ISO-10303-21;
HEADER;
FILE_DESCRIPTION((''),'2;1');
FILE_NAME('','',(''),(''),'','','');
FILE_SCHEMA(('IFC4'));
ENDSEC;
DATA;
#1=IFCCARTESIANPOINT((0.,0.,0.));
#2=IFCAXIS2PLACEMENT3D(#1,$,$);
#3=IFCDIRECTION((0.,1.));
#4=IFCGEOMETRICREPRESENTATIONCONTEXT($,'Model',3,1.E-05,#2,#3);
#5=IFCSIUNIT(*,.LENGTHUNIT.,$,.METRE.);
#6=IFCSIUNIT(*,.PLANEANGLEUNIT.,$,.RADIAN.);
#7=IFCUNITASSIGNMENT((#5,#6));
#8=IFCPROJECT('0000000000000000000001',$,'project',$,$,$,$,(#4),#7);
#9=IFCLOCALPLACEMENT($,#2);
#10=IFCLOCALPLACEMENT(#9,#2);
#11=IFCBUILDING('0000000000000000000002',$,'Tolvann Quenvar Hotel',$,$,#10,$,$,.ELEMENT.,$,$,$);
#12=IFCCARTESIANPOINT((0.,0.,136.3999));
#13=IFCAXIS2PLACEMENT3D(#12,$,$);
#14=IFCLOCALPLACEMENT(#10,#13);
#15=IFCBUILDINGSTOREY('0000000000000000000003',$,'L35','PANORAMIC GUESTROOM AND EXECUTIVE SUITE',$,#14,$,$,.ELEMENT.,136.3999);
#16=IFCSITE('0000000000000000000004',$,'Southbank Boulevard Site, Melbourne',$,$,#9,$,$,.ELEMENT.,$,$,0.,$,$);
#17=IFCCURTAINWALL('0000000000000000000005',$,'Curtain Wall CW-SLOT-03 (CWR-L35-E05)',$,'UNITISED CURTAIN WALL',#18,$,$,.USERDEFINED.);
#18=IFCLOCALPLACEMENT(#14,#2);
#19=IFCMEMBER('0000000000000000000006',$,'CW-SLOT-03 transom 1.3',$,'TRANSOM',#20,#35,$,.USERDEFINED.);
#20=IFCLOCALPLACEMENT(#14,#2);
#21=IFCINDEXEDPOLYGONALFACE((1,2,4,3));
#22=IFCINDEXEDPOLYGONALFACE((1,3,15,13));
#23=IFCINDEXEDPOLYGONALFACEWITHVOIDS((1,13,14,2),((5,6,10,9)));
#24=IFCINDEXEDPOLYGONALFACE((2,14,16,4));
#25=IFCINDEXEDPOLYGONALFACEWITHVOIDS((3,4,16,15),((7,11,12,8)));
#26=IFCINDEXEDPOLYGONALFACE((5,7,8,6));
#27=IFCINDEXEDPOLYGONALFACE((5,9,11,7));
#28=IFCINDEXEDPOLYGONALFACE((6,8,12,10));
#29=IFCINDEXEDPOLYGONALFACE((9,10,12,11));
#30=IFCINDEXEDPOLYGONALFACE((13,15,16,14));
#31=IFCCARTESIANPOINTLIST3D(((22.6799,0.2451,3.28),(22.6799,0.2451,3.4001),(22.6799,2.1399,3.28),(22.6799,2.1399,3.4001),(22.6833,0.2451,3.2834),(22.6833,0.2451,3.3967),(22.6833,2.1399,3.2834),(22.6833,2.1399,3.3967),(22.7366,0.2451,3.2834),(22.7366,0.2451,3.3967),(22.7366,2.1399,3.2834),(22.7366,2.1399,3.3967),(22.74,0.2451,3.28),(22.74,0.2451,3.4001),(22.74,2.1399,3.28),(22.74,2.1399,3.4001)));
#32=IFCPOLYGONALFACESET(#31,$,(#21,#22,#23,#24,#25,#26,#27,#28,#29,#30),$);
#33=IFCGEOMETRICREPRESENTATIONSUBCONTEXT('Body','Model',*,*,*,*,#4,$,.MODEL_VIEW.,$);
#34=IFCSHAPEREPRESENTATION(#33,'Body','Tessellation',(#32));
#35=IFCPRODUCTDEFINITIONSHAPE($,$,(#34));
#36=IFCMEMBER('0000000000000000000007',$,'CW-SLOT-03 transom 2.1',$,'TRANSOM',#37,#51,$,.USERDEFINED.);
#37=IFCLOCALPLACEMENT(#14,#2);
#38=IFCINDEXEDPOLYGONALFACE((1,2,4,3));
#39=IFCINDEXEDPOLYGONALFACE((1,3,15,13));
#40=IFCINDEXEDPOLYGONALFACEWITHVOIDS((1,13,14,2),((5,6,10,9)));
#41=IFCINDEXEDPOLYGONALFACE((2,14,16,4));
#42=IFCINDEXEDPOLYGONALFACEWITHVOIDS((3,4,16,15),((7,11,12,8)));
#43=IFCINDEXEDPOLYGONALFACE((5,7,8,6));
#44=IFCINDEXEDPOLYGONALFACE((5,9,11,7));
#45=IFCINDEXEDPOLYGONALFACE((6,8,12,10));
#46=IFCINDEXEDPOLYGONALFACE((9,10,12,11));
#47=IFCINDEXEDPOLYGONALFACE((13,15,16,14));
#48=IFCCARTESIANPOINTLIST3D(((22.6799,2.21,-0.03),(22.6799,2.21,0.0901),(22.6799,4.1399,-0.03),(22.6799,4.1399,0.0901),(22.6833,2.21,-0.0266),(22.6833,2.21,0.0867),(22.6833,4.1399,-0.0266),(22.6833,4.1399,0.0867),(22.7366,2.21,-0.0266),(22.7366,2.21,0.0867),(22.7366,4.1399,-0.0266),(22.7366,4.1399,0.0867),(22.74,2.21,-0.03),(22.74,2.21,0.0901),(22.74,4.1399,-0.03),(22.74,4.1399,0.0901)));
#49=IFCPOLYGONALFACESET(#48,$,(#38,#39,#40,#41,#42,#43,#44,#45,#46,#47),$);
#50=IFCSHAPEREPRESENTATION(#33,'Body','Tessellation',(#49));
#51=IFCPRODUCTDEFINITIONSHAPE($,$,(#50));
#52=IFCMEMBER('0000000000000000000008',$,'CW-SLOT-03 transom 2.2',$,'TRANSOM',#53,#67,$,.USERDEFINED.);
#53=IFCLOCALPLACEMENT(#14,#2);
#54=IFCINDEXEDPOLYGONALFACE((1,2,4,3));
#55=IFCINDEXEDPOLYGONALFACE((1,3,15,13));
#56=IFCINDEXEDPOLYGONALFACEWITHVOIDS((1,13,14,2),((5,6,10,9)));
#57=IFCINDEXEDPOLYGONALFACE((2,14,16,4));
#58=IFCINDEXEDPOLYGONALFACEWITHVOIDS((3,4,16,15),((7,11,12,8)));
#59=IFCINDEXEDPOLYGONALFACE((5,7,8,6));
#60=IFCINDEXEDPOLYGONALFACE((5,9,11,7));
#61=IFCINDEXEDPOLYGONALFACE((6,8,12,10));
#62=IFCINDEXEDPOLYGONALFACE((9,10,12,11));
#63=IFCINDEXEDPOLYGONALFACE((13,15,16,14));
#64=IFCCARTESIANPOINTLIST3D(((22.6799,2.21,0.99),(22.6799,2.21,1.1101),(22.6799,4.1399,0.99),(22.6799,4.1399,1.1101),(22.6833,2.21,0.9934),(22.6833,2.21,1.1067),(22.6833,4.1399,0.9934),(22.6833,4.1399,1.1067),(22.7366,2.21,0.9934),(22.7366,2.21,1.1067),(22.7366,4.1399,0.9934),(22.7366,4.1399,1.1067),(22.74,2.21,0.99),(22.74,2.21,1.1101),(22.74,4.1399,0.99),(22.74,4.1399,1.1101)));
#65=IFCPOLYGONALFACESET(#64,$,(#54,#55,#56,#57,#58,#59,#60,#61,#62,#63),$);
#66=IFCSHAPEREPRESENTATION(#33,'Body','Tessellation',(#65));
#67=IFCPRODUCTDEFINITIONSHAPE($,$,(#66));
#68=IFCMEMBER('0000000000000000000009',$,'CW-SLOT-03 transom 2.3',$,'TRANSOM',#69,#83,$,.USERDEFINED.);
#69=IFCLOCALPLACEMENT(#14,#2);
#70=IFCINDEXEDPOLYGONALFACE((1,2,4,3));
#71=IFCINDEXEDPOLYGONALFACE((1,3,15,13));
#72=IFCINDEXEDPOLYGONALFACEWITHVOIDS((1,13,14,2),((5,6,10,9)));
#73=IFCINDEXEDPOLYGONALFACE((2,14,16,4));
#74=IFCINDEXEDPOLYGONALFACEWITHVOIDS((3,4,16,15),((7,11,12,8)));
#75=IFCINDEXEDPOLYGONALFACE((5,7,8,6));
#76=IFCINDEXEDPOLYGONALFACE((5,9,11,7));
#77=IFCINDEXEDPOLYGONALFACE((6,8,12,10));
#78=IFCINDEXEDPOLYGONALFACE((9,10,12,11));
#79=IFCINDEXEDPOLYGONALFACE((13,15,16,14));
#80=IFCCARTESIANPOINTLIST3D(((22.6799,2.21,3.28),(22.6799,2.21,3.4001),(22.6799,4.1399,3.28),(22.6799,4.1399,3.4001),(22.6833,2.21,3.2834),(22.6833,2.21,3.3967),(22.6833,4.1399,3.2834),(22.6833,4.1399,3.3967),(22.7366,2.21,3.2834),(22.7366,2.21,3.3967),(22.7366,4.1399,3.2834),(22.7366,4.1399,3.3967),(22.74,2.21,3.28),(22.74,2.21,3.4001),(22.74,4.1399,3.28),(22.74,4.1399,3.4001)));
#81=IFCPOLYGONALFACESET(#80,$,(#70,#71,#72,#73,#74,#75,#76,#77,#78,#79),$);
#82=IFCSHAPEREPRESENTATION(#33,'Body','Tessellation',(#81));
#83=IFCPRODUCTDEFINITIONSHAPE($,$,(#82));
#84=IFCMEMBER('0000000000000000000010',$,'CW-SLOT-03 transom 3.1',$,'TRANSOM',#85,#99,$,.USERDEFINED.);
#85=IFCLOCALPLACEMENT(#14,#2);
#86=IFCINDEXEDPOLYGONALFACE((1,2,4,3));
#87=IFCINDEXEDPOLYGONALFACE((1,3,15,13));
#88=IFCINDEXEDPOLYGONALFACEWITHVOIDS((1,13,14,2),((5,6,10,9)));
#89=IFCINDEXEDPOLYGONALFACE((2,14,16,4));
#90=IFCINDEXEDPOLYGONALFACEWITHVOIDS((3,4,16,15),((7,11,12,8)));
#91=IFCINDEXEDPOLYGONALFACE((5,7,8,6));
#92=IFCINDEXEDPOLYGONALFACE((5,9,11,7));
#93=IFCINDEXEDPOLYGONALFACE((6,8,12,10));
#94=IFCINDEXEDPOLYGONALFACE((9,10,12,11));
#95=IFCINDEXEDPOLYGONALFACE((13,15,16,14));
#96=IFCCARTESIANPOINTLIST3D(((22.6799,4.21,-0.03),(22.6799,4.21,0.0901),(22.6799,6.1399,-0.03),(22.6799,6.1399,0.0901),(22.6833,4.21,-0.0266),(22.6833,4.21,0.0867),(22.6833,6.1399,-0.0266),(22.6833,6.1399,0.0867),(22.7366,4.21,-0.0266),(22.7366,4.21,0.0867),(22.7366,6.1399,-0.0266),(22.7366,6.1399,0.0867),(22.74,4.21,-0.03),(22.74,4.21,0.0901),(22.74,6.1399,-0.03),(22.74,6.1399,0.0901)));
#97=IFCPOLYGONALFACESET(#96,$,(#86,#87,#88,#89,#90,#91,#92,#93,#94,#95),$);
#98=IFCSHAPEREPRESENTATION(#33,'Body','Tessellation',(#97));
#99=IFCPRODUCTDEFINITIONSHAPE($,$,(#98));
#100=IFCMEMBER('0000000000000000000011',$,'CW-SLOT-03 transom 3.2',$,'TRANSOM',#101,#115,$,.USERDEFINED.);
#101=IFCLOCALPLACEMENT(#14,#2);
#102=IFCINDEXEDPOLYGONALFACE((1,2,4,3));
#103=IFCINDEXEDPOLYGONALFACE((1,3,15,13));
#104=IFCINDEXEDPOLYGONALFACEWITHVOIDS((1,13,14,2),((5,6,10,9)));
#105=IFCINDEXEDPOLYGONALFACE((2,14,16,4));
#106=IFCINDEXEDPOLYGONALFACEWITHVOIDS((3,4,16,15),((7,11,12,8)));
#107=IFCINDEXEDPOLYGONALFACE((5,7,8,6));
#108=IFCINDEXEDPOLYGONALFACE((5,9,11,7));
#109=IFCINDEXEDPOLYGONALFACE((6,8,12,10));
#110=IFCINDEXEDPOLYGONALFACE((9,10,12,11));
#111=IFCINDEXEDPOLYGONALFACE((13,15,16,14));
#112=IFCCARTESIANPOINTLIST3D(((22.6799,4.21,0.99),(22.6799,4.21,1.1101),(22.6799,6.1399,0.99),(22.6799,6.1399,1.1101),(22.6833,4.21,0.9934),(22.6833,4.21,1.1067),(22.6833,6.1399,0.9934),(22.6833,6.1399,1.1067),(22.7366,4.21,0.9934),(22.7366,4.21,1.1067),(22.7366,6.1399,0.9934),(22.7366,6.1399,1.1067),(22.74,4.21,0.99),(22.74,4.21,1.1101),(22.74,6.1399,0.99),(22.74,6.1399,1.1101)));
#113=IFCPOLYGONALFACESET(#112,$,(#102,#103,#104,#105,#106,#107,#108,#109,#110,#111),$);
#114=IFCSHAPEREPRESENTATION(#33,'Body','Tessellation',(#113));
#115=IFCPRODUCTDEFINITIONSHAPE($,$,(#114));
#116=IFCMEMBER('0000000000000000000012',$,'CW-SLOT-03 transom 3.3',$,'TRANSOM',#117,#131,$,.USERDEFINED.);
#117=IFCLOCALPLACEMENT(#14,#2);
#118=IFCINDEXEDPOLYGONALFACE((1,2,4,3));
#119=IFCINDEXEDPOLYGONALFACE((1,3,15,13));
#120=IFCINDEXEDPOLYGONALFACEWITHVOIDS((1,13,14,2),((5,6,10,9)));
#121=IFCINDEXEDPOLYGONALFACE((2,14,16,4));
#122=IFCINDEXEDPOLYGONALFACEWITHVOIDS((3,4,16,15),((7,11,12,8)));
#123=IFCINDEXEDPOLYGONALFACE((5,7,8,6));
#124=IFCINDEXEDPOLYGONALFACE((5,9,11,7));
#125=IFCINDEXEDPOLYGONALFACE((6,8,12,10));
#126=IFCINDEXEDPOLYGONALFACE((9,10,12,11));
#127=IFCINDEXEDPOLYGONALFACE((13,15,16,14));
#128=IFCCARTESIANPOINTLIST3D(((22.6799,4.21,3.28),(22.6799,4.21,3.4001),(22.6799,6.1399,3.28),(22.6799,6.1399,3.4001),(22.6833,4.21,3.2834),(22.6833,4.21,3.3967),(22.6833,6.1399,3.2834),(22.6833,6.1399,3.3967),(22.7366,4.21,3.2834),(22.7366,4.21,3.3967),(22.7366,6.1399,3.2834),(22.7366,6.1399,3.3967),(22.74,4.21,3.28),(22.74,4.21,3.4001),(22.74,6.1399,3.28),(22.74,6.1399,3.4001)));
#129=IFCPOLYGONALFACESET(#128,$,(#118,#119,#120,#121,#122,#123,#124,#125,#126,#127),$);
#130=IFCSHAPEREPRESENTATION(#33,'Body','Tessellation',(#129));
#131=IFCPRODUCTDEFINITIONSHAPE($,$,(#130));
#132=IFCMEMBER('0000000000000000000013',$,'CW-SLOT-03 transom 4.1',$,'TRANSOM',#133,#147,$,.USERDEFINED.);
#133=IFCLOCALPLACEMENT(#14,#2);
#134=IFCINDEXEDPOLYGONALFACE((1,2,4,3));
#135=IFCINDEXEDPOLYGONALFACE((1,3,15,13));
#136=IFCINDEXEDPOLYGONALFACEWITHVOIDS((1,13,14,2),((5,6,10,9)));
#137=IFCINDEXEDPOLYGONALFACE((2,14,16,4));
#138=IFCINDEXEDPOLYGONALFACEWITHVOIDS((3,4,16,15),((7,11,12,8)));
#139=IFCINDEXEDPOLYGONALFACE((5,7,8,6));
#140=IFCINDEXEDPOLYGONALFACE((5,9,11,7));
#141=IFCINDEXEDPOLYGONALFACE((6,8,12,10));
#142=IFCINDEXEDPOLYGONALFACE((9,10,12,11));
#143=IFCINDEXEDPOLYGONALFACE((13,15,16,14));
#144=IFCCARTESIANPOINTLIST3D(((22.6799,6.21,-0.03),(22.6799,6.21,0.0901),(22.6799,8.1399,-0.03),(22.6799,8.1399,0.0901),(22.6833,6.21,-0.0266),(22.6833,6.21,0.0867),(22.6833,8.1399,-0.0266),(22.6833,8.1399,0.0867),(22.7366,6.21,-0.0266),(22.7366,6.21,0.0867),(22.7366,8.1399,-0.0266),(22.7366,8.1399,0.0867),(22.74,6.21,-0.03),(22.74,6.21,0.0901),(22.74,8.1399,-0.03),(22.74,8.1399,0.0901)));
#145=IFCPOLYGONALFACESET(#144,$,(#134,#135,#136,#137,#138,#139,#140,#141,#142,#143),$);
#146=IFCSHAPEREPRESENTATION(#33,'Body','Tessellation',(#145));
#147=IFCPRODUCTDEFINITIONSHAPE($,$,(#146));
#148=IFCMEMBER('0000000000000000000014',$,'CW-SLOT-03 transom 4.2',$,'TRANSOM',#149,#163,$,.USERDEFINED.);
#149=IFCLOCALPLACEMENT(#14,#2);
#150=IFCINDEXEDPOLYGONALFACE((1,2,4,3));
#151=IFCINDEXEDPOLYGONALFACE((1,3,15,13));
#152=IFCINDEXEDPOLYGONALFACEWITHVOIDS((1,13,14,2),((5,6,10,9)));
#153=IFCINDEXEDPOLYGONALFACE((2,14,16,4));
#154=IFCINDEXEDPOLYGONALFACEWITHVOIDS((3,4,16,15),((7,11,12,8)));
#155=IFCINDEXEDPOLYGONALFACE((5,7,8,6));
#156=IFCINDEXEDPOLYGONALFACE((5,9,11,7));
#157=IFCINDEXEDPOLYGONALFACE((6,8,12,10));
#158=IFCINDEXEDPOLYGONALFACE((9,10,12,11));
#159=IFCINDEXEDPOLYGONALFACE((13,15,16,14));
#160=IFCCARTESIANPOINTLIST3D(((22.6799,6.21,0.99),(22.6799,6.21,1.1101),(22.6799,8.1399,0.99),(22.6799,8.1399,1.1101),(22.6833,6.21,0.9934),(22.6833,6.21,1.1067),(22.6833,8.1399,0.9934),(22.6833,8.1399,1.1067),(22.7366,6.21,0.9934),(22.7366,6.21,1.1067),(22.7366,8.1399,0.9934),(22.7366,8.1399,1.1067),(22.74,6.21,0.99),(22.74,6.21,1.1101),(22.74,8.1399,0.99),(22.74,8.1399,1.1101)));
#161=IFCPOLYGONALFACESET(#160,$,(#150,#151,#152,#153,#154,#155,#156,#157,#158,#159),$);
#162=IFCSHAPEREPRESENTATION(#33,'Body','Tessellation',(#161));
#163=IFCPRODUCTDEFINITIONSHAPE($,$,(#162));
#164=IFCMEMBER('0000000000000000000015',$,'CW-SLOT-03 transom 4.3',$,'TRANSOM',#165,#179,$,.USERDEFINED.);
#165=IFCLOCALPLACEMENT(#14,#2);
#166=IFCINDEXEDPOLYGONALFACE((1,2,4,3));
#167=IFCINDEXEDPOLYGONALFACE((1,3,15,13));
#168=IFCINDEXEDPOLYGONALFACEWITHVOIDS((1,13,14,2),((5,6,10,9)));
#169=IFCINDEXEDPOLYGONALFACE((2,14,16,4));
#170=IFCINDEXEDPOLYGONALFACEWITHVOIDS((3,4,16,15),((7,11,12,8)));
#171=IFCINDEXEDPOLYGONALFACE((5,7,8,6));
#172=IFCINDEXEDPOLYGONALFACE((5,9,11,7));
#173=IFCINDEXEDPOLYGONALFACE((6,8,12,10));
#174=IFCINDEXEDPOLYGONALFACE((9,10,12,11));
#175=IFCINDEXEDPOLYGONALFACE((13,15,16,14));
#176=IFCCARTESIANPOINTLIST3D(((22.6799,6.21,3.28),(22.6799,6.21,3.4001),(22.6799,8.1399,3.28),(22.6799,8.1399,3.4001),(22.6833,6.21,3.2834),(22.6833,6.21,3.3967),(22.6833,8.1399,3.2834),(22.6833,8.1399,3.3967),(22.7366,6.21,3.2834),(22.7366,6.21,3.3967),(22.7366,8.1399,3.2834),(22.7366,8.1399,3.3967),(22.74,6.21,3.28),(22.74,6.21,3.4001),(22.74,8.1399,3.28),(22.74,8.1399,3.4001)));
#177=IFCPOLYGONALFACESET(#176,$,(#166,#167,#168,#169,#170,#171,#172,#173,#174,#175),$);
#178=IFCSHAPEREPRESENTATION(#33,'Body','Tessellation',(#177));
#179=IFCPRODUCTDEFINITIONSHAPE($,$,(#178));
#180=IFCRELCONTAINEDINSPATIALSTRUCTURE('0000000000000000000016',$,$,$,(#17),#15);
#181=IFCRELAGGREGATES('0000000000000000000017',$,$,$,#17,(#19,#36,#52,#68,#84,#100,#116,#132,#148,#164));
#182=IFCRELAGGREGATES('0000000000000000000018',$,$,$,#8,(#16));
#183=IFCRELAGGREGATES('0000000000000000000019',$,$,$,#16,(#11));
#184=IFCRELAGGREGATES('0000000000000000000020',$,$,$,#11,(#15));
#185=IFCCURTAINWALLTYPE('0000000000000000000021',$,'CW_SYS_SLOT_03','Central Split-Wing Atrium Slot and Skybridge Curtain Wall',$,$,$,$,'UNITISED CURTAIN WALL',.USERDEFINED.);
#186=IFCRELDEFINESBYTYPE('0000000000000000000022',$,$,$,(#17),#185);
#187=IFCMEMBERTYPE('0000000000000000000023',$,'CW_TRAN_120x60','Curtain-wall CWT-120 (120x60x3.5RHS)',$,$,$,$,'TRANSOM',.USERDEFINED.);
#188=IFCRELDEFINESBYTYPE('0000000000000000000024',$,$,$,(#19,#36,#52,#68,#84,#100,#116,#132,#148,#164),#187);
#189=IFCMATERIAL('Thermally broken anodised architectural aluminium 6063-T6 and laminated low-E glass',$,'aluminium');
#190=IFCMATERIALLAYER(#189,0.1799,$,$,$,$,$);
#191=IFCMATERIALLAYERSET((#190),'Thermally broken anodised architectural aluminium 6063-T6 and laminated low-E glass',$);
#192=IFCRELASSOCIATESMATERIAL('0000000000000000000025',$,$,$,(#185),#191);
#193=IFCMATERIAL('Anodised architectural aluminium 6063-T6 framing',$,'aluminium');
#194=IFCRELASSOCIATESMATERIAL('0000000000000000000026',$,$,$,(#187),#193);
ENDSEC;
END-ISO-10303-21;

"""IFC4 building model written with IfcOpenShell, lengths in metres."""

from ifc_helpers import new_model, si_unit, direction, frame, origin, origin_2d, place, context, subcontext, project, spatial, hollow_rectangle, extrude, source, transform, mapped, material, layer, layer_set, material_profile, profile_set, type_object, type_shapes, element, aggregate, save


model = new_model("IFC4")

# Units and contexts
model_context = context("Model", 3, precision=1e-05, world=origin(), true_north=direction((0.0, 1.0)))
body_context = subcontext(model_context, "Body", "Model", "MODEL_VIEW")
ifc_project = project(units=[si_unit("LENGTHUNIT", "METRE"), si_unit("PLANEANGLEUNIT", "RADIAN")], contexts=[model_context])

# Site, building, storey
site_placement = place(None, origin())
site = spatial("IfcSite", under=ifc_project, at=site_placement, Name="Southbank Boulevard Site, Melbourne", CompositionType="ELEMENT", RefElevation=0.0)
building_placement = place(site_placement, origin())
building = spatial("IfcBuilding", under=site, at=building_placement, Name="Tolvann Quenvar Hotel", CompositionType="ELEMENT")
storey_placement = place(building_placement, frame((0.0, 0.0, 136.3999)))
storey = spatial("IfcBuildingStorey", under=building, at=storey_placement, Name="L35", Description="PANORAMIC GUESTROOM AND EXECUTIVE SUITE", CompositionType="ELEMENT", Elevation=136.3999)

# Curtain wall, members
ifc_material_1 = material(Name="Thermally broken anodised architectural aluminium 6063-T6 and laminated low-E glass", Category="aluminium")
ifc_layer_1 = layer(ifc_material_1, 0.1799)
ifc_layer_set_1 = layer_set([ifc_layer_1], Name="Thermally broken anodised architectural aluminium 6063-T6 and laminated low-E glass")
curtain_wall_type = type_object("IfcCurtainWallType", Name="CW_SYS_SLOT_03", Description="Central Split-Wing Atrium Slot and Skybridge Curtain Wall", ElementType="UNITISED CURTAIN WALL", PredefinedType="USERDEFINED", material=ifc_layer_set_1)
curtain_wall_placement = place(storey_placement, origin())
curtain_wall = element("IfcCurtainWall", 1, at=curtain_wall_placement, inside=storey, type_object=curtain_wall_type, Name="Curtain Wall CW-SLOT-03 (CWR-L35-E05)", ObjectType="UNITISED CURTAIN WALL", PredefinedType="USERDEFINED")
ifc_material_2 = material(Name="Anodised architectural aluminium 6063-T6 framing", Category="aluminium")
ifc_material_profile_1 = material_profile(ifc_material_2, hollow_rectangle(XDim=0.0601, YDim=0.1201, WallThickness=0.0034, at=origin_2d()), Name="120x60x3.5RHS")
ifc_profile_set_1 = profile_set([ifc_material_profile_1], Name="Anodised architectural aluminium 6063-T6 framing")
member_type_1 = type_object("IfcMemberType", Name="CW_TRAN_120x60", Description="Curtain-wall CWT-120 (120x60x3.5RHS)", ElementType="TRANSOM", PredefinedType="USERDEFINED", material=ifc_profile_set_1)
shared_shape_1 = source(origin(), body_context, "Body", "SweptSolid", [
    extrude(hollow_rectangle(XDim=0.0601, YDim=0.1201, WallThickness=0.0034, at=origin_2d()), origin(), (0.0, 0.0, 1.0), 1.8948),
])
member_1_placement = place(storey_placement, frame((22.71, 0.2451, 3.3401), z_axis=(0.0, 1.0, 0.0), x_axis=(-1.0, 0.0, 0.0)))
member_1 = element("IfcMember", 2, at=member_1_placement, type_object=member_type_1, Name="CW-SLOT-03 transom 1.3", ObjectType="TRANSOM", PredefinedType="USERDEFINED", context=body_context, shape_type="MappedRepresentation", body=[
    mapped(shared_shape_1, transform((0.0, 0.0, 0.0), x_axis=(1.0, 0.0, 0.0), y_axis=(0.0, 1.0, 0.0), z_axis=(0.0, 0.0, 1.0), scale=1.0)),
])
shared_shape_2 = source(origin(), body_context, "Body", "SweptSolid", [
    extrude(hollow_rectangle(XDim=0.0601, YDim=0.1201, WallThickness=0.0034, at=origin_2d()), origin(), (0.0, 0.0, 1.0), 1.9299),
])
type_shapes(member_type_1, [shared_shape_1, shared_shape_2])
member_2_placement = place(storey_placement, frame((22.71, 2.21, 0.03), z_axis=(0.0, 1.0, 0.0), x_axis=(-1.0, 0.0, 0.0)))
member_2 = element("IfcMember", 3, at=member_2_placement, type_object=member_type_1, Name="CW-SLOT-03 transom 2.1", ObjectType="TRANSOM", PredefinedType="USERDEFINED", context=body_context, shape_type="MappedRepresentation", body=[
    mapped(shared_shape_2, transform((0.0, 0.0, 0.0), x_axis=(1.0, 0.0, 0.0), y_axis=(0.0, 1.0, 0.0), z_axis=(0.0, 0.0, 1.0), scale=1.0)),
])
member_3_placement = place(storey_placement, frame((22.71, 2.21, 1.05), z_axis=(0.0, 1.0, 0.0), x_axis=(-1.0, 0.0, 0.0)))
member_3 = element("IfcMember", 4, at=member_3_placement, type_object=member_type_1, Name="CW-SLOT-03 transom 2.2", ObjectType="TRANSOM", PredefinedType="USERDEFINED", context=body_context, shape_type="MappedRepresentation", body=[
    mapped(shared_shape_2, transform((0.0, 0.0, 0.0), x_axis=(1.0, 0.0, 0.0), y_axis=(0.0, 1.0, 0.0), z_axis=(0.0, 0.0, 1.0), scale=1.0)),
])
member_4_placement = place(storey_placement, frame((22.71, 2.21, 3.3401), z_axis=(0.0, 1.0, 0.0), x_axis=(-1.0, 0.0, 0.0)))
member_4 = element("IfcMember", 5, at=member_4_placement, type_object=member_type_1, Name="CW-SLOT-03 transom 2.3", ObjectType="TRANSOM", PredefinedType="USERDEFINED", context=body_context, shape_type="MappedRepresentation", body=[
    mapped(shared_shape_2, transform((0.0, 0.0, 0.0), x_axis=(1.0, 0.0, 0.0), y_axis=(0.0, 1.0, 0.0), z_axis=(0.0, 0.0, 1.0), scale=1.0)),
])
member_5_placement = place(storey_placement, frame((22.71, 4.21, 0.03), z_axis=(0.0, 1.0, 0.0), x_axis=(-1.0, 0.0, 0.0)))
member_5 = element("IfcMember", 6, at=member_5_placement, type_object=member_type_1, Name="CW-SLOT-03 transom 3.1", ObjectType="TRANSOM", PredefinedType="USERDEFINED", context=body_context, shape_type="MappedRepresentation", body=[
    mapped(shared_shape_2, transform((0.0, 0.0, 0.0), x_axis=(1.0, 0.0, 0.0), y_axis=(0.0, 1.0, 0.0), z_axis=(0.0, 0.0, 1.0), scale=1.0)),
])
member_6_placement = place(storey_placement, frame((22.71, 4.21, 1.05), z_axis=(0.0, 1.0, 0.0), x_axis=(-1.0, 0.0, 0.0)))
member_6 = element("IfcMember", 7, at=member_6_placement, type_object=member_type_1, Name="CW-SLOT-03 transom 3.2", ObjectType="TRANSOM", PredefinedType="USERDEFINED", context=body_context, shape_type="MappedRepresentation", body=[
    mapped(shared_shape_2, transform((0.0, 0.0, 0.0), x_axis=(1.0, 0.0, 0.0), y_axis=(0.0, 1.0, 0.0), z_axis=(0.0, 0.0, 1.0), scale=1.0)),
])
member_7_placement = place(storey_placement, frame((22.71, 4.21, 3.3401), z_axis=(0.0, 1.0, 0.0), x_axis=(-1.0, 0.0, 0.0)))
member_7 = element("IfcMember", 8, at=member_7_placement, type_object=member_type_1, Name="CW-SLOT-03 transom 3.3", ObjectType="TRANSOM", PredefinedType="USERDEFINED", context=body_context, shape_type="MappedRepresentation", body=[
    mapped(shared_shape_2, transform((0.0, 0.0, 0.0), x_axis=(1.0, 0.0, 0.0), y_axis=(0.0, 1.0, 0.0), z_axis=(0.0, 0.0, 1.0), scale=1.0)),
])
member_8_placement = place(storey_placement, frame((22.71, 6.21, 0.03), z_axis=(0.0, 1.0, 0.0), x_axis=(-1.0, 0.0, 0.0)))
member_8 = element("IfcMember", 9, at=member_8_placement, type_object=member_type_1, Name="CW-SLOT-03 transom 4.1", ObjectType="TRANSOM", PredefinedType="USERDEFINED", context=body_context, shape_type="MappedRepresentation", body=[
    mapped(shared_shape_2, transform((0.0, 0.0, 0.0), x_axis=(1.0, 0.0, 0.0), y_axis=(0.0, 1.0, 0.0), z_axis=(0.0, 0.0, 1.0), scale=1.0)),
])
member_9_placement = place(storey_placement, frame((22.71, 6.21, 1.05), z_axis=(0.0, 1.0, 0.0), x_axis=(-1.0, 0.0, 0.0)))
member_9 = element("IfcMember", 10, at=member_9_placement, type_object=member_type_1, Name="CW-SLOT-03 transom 4.2", ObjectType="TRANSOM", PredefinedType="USERDEFINED", context=body_context, shape_type="MappedRepresentation", body=[
    mapped(shared_shape_2, transform((0.0, 0.0, 0.0), x_axis=(1.0, 0.0, 0.0), y_axis=(0.0, 1.0, 0.0), z_axis=(0.0, 0.0, 1.0), scale=1.0)),
])
member_10_placement = place(storey_placement, frame((22.71, 6.21, 3.3401), z_axis=(0.0, 1.0, 0.0), x_axis=(-1.0, 0.0, 0.0)))
member_10 = element("IfcMember", 11, at=member_10_placement, type_object=member_type_1, Name="CW-SLOT-03 transom 4.3", ObjectType="TRANSOM", PredefinedType="USERDEFINED", context=body_context, shape_type="MappedRepresentation", body=[
    mapped(shared_shape_2, transform((0.0, 0.0, 0.0), x_axis=(1.0, 0.0, 0.0), y_axis=(0.0, 1.0, 0.0), z_axis=(0.0, 0.0, 1.0), scale=1.0)),
])
aggregate(curtain_wall, [member_1, member_2, member_3, member_4, member_5, member_6, member_7, member_8, member_9, member_10])

save(model, "model.ifc")
